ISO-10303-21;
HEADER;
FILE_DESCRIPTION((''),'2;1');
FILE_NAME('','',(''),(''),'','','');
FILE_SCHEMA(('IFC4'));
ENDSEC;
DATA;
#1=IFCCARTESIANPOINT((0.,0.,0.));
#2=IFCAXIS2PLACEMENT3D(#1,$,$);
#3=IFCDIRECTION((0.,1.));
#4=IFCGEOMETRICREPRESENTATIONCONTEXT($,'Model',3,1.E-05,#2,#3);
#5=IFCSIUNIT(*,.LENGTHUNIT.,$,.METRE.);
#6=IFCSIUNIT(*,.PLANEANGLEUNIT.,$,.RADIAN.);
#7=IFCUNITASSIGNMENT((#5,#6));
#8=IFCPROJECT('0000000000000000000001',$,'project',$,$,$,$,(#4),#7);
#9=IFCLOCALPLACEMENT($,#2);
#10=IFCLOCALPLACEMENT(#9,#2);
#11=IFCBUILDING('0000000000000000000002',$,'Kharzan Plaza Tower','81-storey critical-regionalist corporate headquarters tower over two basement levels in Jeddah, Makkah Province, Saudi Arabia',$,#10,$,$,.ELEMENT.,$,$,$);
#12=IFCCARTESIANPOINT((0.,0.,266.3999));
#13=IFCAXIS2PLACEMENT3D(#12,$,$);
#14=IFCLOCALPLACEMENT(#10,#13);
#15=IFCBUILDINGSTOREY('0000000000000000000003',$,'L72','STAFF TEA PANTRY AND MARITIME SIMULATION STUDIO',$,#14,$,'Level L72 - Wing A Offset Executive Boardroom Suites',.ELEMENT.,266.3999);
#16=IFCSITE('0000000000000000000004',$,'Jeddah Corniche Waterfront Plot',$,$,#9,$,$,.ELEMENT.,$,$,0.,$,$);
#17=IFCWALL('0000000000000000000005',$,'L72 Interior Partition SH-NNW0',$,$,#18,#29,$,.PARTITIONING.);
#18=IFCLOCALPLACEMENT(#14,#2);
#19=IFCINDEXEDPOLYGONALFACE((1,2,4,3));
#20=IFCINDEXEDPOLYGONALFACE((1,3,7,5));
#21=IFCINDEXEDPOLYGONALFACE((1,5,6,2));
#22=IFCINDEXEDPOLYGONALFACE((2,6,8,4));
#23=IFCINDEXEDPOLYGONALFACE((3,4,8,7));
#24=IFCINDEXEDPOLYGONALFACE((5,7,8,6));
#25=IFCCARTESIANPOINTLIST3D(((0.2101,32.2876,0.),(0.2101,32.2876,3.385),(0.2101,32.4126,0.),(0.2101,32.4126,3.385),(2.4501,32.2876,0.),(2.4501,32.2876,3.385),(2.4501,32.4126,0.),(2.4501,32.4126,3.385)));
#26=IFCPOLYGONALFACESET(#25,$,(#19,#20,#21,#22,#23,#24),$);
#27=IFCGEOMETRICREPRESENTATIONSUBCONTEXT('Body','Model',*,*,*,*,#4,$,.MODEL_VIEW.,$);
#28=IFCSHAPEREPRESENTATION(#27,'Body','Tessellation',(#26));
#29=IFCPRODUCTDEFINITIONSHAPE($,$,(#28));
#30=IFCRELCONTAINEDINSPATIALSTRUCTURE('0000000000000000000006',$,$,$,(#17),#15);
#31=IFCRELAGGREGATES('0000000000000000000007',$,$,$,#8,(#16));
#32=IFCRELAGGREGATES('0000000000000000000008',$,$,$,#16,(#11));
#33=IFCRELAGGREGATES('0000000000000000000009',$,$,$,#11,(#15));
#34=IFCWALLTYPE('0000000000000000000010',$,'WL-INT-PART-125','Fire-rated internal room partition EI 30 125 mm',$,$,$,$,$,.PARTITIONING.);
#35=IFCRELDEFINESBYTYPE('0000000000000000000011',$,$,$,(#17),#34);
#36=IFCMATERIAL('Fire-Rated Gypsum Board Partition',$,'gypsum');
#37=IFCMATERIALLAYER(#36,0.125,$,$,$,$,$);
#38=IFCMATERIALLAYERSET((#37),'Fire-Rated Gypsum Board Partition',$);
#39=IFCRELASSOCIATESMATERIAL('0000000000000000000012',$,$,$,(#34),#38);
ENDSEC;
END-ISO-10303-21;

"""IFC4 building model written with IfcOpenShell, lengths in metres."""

from ifc_helpers import new_model, si_unit, direction, frame, frame_2d, origin, place, context, subcontext, project, spatial, rectangle, extrude, source, transform, mapped, material, layer, layer_set, type_object, element, save


model = new_model("IFC4")

# Units and contexts
model_context = context("Model", 3, precision=1e-05, world=origin(), true_north=direction((0.0, 1.0)))
body_context = subcontext(model_context, "Body", "Model", "MODEL_VIEW")
ifc_project = project(units=[si_unit("LENGTHUNIT", "METRE"), si_unit("PLANEANGLEUNIT", "RADIAN")], contexts=[model_context])

# Site, building, storey
site_placement = place(None, origin())
site = spatial("IfcSite", under=ifc_project, at=site_placement, Name="Jeddah Corniche Waterfront Plot", CompositionType="ELEMENT", RefElevation=0.0)
building_placement = place(site_placement, origin())
building = spatial("IfcBuilding", under=site, at=building_placement, Name="Kharzan Plaza Tower", Description="81-storey critical-regionalist corporate headquarters tower over two basement levels in Jeddah, Makkah Province, Saudi Arabia", CompositionType="ELEMENT")
storey_placement = place(building_placement, frame((0.0, 0.0, 266.3999)))
storey = spatial("IfcBuildingStorey", under=building, at=storey_placement, Name="L72", Description="STAFF TEA PANTRY AND MARITIME SIMULATION STUDIO", LongName="Level L72 - Wing A Offset Executive Boardroom Suites", CompositionType="ELEMENT", Elevation=266.3999)

# Shared definitions
ifc_material_1 = material(Name="Fire-Rated Gypsum Board Partition", Category="gypsum")
ifc_layer_1 = layer(ifc_material_1, 0.125)
ifc_layer_set_1 = layer_set([ifc_layer_1], Name="Fire-Rated Gypsum Board Partition")
wall_type_1 = type_object("IfcWallType", Name="WL-INT-PART-125", Description="Fire-rated internal room partition EI 30 125 mm", PredefinedType="PARTITIONING", material=ifc_layer_set_1)

# Wall
shared_shape_1 = source(origin(), body_context, "Body", "SweptSolid", [
    extrude(rectangle(XDim=2.24, YDim=0.125, at=frame_2d((1.1201, 0.0))), origin(), (0.0, 0.0, 1.0), 3.385),
])
wall_1_placement = place(storey_placement, frame((0.21, 32.3501, 0.0), z_axis=(0.0, 0.0, 1.0), x_axis=(1.0, 0.0, 0.0)))
element("IfcWall", 1, at=wall_1_placement, inside=storey, type_object=wall_type_1, Name="L72 Interior Partition SH-NNW0", PredefinedType="PARTITIONING", context=body_context, shape_type="MappedRepresentation", body=[
    mapped(shared_shape_1, transform((0.0, 0.0, 0.0), x_axis=(1.0, 0.0, 0.0), y_axis=(0.0, 1.0, 0.0), z_axis=(0.0, 0.0, 1.0))),
])

save(model, "model.ifc")
